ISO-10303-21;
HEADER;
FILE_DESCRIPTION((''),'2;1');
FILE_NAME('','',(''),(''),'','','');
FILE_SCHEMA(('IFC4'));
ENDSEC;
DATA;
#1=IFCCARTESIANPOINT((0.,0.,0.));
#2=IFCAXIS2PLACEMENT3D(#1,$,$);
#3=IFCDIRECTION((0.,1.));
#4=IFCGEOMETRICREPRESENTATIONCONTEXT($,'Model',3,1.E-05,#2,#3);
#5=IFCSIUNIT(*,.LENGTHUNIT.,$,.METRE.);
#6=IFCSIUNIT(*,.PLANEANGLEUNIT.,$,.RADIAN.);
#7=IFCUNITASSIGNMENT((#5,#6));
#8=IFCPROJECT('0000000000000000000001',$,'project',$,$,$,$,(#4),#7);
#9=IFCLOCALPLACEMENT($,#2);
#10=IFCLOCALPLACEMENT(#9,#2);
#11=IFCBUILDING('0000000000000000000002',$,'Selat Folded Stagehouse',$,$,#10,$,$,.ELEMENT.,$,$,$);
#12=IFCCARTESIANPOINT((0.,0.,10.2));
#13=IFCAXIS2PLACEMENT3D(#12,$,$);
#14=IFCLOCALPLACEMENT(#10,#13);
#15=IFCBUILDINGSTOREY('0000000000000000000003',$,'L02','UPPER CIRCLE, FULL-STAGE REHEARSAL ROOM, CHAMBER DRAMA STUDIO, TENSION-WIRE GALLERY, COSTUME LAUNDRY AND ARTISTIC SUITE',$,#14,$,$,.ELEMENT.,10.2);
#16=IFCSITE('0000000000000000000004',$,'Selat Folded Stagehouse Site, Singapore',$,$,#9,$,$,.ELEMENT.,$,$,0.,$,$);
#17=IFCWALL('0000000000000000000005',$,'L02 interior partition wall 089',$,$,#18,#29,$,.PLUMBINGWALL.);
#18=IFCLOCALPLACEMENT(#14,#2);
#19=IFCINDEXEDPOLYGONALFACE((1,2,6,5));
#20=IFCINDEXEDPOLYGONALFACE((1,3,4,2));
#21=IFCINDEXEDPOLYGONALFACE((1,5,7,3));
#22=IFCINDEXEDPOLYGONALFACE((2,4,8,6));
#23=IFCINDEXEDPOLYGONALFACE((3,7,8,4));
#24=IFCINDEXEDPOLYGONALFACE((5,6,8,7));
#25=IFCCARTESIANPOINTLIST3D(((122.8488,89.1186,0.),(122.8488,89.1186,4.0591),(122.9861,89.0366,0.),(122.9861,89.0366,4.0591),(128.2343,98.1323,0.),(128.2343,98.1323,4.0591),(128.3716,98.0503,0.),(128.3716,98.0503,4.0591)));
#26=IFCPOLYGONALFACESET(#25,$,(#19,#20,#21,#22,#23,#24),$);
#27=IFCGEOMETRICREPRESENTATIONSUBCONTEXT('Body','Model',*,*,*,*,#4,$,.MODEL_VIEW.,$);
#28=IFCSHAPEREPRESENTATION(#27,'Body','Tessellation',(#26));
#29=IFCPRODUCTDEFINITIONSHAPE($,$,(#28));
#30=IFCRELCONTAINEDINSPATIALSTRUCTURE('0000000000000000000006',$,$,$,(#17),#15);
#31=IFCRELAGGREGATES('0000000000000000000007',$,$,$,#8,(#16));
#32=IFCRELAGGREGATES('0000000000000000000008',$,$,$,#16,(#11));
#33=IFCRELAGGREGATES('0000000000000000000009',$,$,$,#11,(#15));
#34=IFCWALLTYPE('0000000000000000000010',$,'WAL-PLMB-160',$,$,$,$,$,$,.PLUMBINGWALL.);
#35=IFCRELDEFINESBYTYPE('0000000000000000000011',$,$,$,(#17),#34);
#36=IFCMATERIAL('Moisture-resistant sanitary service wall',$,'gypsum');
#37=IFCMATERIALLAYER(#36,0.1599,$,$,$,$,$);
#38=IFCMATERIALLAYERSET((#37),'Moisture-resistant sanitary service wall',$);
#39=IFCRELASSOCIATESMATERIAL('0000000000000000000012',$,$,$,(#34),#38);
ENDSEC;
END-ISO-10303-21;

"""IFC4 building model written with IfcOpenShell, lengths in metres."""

from ifc_helpers import new_model, si_unit, direction, frame, frame_2d, origin, place, context, subcontext, project, spatial, rectangle, extrude, material, layer, layer_set, type_object, element, save


model = new_model("IFC4")

# Units and contexts
model_context = context("Model", 3, precision=1e-05, world=origin(), true_north=direction((0.0, 1.0)))
body_context = subcontext(model_context, "Body", "Model", "MODEL_VIEW")
ifc_project = project(units=[si_unit("LENGTHUNIT", "METRE"), si_unit("PLANEANGLEUNIT", "RADIAN")], contexts=[model_context])

# Site, building, storey
site_placement = place(None, origin())
site = spatial("IfcSite", under=ifc_project, at=site_placement, Name="Selat Folded Stagehouse Site, Singapore", CompositionType="ELEMENT", RefElevation=0.0)
building_placement = place(site_placement, origin())
building = spatial("IfcBuilding", under=site, at=building_placement, Name="Selat Folded Stagehouse", CompositionType="ELEMENT")
storey_placement = place(building_placement, frame((0.0, 0.0, 10.2)))
storey = spatial("IfcBuildingStorey", under=building, at=storey_placement, Name="L02", Description="UPPER CIRCLE, FULL-STAGE REHEARSAL ROOM, CHAMBER DRAMA STUDIO, TENSION-WIRE GALLERY, COSTUME LAUNDRY AND ARTISTIC SUITE", CompositionType="ELEMENT", Elevation=10.2)

# Shared definitions
ifc_material_1 = material(Name="Moisture-resistant sanitary service wall", Category="gypsum")
ifc_layer_1 = layer(ifc_material_1, 0.1599)
ifc_layer_set_1 = layer_set([ifc_layer_1], Name="Moisture-resistant sanitary service wall")
wall_type_1 = type_object("IfcWallType", Name="WAL-PLMB-160", PredefinedType="PLUMBINGWALL", material=ifc_layer_set_1)

# Wall
wall_1_placement = place(storey_placement, frame((122.9175, 89.0776, 0.0), z_axis=(0.0, 0.0, 1.0), x_axis=(0.512905, 0.858445, 0.0)))
element("IfcWall", 1, at=wall_1_placement, inside=storey, type_object=wall_type_1, Name="L02 interior partition wall 089", PredefinedType="PLUMBINGWALL", context=body_context, shape_type="SweptSolid", body=[
    extrude(rectangle(XDim=10.5, YDim=0.1599, at=frame_2d((5.25, 0.0))), origin(), (0.0, 0.0, 1.0), 4.0591),
])

save(model, "model.ifc")
